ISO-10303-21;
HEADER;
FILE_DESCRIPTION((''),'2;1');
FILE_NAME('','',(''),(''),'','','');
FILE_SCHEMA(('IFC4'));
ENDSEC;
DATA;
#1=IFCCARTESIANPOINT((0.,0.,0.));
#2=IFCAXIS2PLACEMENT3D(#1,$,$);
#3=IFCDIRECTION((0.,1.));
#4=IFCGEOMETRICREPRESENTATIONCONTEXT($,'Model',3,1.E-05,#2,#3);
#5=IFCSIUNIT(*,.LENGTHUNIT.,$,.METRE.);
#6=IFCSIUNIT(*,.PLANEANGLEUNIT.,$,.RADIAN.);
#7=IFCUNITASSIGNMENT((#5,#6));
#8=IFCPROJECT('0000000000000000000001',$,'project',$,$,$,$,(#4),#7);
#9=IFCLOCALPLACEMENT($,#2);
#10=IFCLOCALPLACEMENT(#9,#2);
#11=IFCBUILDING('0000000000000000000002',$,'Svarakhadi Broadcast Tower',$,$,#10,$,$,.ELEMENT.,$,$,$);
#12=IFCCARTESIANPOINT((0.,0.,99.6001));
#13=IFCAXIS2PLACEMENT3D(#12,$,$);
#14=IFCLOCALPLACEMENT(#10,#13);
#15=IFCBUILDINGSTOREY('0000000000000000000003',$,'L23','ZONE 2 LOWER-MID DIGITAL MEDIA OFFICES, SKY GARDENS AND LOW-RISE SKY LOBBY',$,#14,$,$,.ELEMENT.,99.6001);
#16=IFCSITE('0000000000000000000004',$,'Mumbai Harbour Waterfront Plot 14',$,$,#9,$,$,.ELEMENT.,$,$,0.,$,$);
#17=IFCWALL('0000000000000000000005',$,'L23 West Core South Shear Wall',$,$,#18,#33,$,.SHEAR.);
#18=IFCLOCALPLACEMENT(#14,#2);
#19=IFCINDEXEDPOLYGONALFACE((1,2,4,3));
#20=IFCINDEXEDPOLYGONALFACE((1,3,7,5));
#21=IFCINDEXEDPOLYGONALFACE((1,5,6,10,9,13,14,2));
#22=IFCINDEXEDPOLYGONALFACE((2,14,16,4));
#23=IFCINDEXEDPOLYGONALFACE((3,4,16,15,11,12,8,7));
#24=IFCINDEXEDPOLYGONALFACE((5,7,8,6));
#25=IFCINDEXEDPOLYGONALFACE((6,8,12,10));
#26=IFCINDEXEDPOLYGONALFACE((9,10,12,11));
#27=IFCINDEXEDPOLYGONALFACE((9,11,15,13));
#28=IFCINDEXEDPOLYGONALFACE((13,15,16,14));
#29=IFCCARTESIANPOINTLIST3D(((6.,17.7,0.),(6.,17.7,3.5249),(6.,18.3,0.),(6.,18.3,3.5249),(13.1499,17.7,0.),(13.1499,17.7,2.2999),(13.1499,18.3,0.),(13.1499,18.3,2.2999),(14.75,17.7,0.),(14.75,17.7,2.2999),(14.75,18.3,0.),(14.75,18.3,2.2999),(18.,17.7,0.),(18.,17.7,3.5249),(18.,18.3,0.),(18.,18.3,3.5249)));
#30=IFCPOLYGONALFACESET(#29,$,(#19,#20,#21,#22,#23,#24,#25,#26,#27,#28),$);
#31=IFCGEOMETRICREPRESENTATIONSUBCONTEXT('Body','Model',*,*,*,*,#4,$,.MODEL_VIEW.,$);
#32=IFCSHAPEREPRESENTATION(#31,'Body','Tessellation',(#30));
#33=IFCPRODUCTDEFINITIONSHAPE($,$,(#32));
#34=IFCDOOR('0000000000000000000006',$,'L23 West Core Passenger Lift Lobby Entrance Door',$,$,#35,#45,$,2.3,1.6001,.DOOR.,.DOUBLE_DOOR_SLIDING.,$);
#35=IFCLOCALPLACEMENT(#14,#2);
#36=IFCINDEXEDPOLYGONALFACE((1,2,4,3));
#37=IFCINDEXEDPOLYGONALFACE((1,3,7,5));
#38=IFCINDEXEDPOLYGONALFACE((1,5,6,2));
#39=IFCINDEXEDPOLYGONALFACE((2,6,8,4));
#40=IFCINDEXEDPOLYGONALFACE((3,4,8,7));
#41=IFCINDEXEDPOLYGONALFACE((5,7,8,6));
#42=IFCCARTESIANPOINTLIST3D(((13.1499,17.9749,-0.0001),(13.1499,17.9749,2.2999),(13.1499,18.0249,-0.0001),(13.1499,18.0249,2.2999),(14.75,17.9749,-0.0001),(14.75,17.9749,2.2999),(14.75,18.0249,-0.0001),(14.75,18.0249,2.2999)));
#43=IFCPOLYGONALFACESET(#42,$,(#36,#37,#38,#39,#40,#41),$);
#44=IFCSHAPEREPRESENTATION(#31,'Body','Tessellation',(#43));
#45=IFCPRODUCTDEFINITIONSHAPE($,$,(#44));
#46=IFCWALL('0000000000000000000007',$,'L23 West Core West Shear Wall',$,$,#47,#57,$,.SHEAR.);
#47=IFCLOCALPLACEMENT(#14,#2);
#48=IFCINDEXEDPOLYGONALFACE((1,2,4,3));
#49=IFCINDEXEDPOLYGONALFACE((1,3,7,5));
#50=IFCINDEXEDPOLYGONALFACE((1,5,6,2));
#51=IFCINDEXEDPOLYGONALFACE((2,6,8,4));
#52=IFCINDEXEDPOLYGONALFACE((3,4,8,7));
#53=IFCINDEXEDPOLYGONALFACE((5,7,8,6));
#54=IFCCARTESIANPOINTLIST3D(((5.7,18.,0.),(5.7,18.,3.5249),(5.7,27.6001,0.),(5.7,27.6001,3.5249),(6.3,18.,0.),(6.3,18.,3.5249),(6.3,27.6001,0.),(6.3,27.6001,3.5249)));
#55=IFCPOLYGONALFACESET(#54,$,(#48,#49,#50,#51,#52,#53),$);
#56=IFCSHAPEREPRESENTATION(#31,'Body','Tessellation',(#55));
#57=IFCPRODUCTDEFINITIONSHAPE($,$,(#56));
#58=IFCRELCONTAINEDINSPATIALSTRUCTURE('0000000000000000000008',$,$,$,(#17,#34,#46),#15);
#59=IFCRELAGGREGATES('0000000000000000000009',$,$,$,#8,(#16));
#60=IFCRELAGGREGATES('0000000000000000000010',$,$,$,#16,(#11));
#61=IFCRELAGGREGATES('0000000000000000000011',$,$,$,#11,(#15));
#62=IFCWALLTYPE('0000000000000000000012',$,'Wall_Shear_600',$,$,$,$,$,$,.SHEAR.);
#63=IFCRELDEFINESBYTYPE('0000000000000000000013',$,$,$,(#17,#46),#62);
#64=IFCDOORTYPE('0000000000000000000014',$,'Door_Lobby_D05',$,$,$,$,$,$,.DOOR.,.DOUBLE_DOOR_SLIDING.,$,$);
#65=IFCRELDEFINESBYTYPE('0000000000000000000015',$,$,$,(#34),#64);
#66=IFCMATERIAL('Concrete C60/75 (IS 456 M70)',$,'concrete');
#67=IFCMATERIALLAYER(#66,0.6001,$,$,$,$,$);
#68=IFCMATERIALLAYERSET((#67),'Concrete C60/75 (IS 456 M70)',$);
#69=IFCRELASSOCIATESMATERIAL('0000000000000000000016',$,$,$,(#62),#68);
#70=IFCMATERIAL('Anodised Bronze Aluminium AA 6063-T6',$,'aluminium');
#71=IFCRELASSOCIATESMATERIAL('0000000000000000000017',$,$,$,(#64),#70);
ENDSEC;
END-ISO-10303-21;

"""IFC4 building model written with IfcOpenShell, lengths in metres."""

from ifc_helpers import new_model, si_unit, direction, frame, frame_2d, origin, place, context, subcontext, project, spatial, rectangle, extrude, material, layer, layer_set, type_object, element, fill, save


model = new_model("IFC4")

# Units and contexts
model_context = context("Model", 3, precision=1e-05, world=origin(), true_north=direction((0.0, 1.0)))
body_context = subcontext(model_context, "Body", "Model", "MODEL_VIEW")
ifc_project = project(units=[si_unit("LENGTHUNIT", "METRE"), si_unit("PLANEANGLEUNIT", "RADIAN")], contexts=[model_context])

# Site, building, storey
site_placement = place(None, origin())
site = spatial("IfcSite", under=ifc_project, at=site_placement, Name="Mumbai Harbour Waterfront Plot 14", CompositionType="ELEMENT", RefElevation=0.0)
building_placement = place(site_placement, origin())
building = spatial("IfcBuilding", under=site, at=building_placement, Name="Svarakhadi Broadcast Tower", CompositionType="ELEMENT")
storey_placement = place(building_placement, frame((0.0, 0.0, 99.6001)))
storey = spatial("IfcBuildingStorey", under=building, at=storey_placement, Name="L23", Description="ZONE 2 LOWER-MID DIGITAL MEDIA OFFICES, SKY GARDENS AND LOW-RISE SKY LOBBY", CompositionType="ELEMENT", Elevation=99.6001)

# Wall, opening, door
ifc_material_1 = material(Name="Concrete C60/75 (IS 456 M70)", Category="concrete")
ifc_layer_1 = layer(ifc_material_1, 0.6001)
ifc_layer_set_1 = layer_set([ifc_layer_1], Name="Concrete C60/75 (IS 456 M70)")
wall_type_1 = type_object("IfcWallType", Name="Wall_Shear_600", PredefinedType="SHEAR", material=ifc_layer_set_1)
wall_1_placement = place(storey_placement, frame((6.0, 18.0, 0.0), z_axis=(0.0, 0.0, 1.0), x_axis=(1.0, 0.0, 0.0)))
wall_1 = element("IfcWall", 1, at=wall_1_placement, inside=storey, type_object=wall_type_1, Name="L23 West Core South Shear Wall", PredefinedType="SHEAR", context=body_context, shape_type="SweptSolid", body=[
    extrude(rectangle(XDim=12.0, YDim=0.6001, at=frame_2d((6.0, 0.0))), origin(), (0.0, 0.0, 1.0), 3.5249),
])
opening_1_placement = place(wall_1_placement, frame((7.1499, 0.0, 0.0)))
opening_1 = element("IfcOpeningElement", 2, at=opening_1_placement, cuts=wall_1, PredefinedType="OPENING", context=body_context, shape_type="SweptSolid", body=[
    extrude(rectangle(XDim=1.6001, YDim=2.3, at=frame_2d((0.8, 1.1499))), frame((0.0, 0.3101, 0.0), z_axis=(0.0, -1.0, 0.0), x_axis=(1.0, 0.0, 0.0)), (0.0, 0.0, 1.0), 0.6201),
])
ifc_material_2 = material(Name="Anodised Bronze Aluminium AA 6063-T6", Category="aluminium")
door_type_1 = type_object("IfcDoorType", Name="Door_Lobby_D05", OperationType="DOUBLE_DOOR_SLIDING", PredefinedType="DOOR", material=ifc_material_2)
door_1_placement = place(opening_1_placement, origin())
door_1 = element("IfcDoor", 3, at=door_1_placement, inside=storey, type_object=door_type_1, Name="L23 West Core Passenger Lift Lobby Entrance Door", OperationType="DOUBLE_DOOR_SLIDING", OverallHeight=2.3, OverallWidth=1.6001, PredefinedType="DOOR", context=body_context, shape_type="SweptSolid", body=[
    extrude(rectangle(XDim=1.6001, YDim=2.3, at=frame_2d((0.8, 1.1499))), frame((0.0, 0.0249, 0.0), z_axis=(0.0, -1.0, 0.0), x_axis=(1.0, 0.0, 0.0)), (0.0, 0.0, 1.0), 0.05),
])
fill(opening_1, door_1)

# Wall
wall_2_placement = place(storey_placement, frame((6.0, 18.0, 0.0), z_axis=(0.0, 0.0, 1.0), x_axis=(0.0, 1.0, 0.0)))
element("IfcWall", 4, at=wall_2_placement, inside=storey, type_object=wall_type_1, Name="L23 West Core West Shear Wall", PredefinedType="SHEAR", context=body_context, shape_type="SweptSolid", body=[
    extrude(rectangle(XDim=9.6001, YDim=0.6001, at=frame_2d((4.8, 0.0))), origin(), (0.0, 0.0, 1.0), 3.5249),
])

save(model, "model.ifc")
